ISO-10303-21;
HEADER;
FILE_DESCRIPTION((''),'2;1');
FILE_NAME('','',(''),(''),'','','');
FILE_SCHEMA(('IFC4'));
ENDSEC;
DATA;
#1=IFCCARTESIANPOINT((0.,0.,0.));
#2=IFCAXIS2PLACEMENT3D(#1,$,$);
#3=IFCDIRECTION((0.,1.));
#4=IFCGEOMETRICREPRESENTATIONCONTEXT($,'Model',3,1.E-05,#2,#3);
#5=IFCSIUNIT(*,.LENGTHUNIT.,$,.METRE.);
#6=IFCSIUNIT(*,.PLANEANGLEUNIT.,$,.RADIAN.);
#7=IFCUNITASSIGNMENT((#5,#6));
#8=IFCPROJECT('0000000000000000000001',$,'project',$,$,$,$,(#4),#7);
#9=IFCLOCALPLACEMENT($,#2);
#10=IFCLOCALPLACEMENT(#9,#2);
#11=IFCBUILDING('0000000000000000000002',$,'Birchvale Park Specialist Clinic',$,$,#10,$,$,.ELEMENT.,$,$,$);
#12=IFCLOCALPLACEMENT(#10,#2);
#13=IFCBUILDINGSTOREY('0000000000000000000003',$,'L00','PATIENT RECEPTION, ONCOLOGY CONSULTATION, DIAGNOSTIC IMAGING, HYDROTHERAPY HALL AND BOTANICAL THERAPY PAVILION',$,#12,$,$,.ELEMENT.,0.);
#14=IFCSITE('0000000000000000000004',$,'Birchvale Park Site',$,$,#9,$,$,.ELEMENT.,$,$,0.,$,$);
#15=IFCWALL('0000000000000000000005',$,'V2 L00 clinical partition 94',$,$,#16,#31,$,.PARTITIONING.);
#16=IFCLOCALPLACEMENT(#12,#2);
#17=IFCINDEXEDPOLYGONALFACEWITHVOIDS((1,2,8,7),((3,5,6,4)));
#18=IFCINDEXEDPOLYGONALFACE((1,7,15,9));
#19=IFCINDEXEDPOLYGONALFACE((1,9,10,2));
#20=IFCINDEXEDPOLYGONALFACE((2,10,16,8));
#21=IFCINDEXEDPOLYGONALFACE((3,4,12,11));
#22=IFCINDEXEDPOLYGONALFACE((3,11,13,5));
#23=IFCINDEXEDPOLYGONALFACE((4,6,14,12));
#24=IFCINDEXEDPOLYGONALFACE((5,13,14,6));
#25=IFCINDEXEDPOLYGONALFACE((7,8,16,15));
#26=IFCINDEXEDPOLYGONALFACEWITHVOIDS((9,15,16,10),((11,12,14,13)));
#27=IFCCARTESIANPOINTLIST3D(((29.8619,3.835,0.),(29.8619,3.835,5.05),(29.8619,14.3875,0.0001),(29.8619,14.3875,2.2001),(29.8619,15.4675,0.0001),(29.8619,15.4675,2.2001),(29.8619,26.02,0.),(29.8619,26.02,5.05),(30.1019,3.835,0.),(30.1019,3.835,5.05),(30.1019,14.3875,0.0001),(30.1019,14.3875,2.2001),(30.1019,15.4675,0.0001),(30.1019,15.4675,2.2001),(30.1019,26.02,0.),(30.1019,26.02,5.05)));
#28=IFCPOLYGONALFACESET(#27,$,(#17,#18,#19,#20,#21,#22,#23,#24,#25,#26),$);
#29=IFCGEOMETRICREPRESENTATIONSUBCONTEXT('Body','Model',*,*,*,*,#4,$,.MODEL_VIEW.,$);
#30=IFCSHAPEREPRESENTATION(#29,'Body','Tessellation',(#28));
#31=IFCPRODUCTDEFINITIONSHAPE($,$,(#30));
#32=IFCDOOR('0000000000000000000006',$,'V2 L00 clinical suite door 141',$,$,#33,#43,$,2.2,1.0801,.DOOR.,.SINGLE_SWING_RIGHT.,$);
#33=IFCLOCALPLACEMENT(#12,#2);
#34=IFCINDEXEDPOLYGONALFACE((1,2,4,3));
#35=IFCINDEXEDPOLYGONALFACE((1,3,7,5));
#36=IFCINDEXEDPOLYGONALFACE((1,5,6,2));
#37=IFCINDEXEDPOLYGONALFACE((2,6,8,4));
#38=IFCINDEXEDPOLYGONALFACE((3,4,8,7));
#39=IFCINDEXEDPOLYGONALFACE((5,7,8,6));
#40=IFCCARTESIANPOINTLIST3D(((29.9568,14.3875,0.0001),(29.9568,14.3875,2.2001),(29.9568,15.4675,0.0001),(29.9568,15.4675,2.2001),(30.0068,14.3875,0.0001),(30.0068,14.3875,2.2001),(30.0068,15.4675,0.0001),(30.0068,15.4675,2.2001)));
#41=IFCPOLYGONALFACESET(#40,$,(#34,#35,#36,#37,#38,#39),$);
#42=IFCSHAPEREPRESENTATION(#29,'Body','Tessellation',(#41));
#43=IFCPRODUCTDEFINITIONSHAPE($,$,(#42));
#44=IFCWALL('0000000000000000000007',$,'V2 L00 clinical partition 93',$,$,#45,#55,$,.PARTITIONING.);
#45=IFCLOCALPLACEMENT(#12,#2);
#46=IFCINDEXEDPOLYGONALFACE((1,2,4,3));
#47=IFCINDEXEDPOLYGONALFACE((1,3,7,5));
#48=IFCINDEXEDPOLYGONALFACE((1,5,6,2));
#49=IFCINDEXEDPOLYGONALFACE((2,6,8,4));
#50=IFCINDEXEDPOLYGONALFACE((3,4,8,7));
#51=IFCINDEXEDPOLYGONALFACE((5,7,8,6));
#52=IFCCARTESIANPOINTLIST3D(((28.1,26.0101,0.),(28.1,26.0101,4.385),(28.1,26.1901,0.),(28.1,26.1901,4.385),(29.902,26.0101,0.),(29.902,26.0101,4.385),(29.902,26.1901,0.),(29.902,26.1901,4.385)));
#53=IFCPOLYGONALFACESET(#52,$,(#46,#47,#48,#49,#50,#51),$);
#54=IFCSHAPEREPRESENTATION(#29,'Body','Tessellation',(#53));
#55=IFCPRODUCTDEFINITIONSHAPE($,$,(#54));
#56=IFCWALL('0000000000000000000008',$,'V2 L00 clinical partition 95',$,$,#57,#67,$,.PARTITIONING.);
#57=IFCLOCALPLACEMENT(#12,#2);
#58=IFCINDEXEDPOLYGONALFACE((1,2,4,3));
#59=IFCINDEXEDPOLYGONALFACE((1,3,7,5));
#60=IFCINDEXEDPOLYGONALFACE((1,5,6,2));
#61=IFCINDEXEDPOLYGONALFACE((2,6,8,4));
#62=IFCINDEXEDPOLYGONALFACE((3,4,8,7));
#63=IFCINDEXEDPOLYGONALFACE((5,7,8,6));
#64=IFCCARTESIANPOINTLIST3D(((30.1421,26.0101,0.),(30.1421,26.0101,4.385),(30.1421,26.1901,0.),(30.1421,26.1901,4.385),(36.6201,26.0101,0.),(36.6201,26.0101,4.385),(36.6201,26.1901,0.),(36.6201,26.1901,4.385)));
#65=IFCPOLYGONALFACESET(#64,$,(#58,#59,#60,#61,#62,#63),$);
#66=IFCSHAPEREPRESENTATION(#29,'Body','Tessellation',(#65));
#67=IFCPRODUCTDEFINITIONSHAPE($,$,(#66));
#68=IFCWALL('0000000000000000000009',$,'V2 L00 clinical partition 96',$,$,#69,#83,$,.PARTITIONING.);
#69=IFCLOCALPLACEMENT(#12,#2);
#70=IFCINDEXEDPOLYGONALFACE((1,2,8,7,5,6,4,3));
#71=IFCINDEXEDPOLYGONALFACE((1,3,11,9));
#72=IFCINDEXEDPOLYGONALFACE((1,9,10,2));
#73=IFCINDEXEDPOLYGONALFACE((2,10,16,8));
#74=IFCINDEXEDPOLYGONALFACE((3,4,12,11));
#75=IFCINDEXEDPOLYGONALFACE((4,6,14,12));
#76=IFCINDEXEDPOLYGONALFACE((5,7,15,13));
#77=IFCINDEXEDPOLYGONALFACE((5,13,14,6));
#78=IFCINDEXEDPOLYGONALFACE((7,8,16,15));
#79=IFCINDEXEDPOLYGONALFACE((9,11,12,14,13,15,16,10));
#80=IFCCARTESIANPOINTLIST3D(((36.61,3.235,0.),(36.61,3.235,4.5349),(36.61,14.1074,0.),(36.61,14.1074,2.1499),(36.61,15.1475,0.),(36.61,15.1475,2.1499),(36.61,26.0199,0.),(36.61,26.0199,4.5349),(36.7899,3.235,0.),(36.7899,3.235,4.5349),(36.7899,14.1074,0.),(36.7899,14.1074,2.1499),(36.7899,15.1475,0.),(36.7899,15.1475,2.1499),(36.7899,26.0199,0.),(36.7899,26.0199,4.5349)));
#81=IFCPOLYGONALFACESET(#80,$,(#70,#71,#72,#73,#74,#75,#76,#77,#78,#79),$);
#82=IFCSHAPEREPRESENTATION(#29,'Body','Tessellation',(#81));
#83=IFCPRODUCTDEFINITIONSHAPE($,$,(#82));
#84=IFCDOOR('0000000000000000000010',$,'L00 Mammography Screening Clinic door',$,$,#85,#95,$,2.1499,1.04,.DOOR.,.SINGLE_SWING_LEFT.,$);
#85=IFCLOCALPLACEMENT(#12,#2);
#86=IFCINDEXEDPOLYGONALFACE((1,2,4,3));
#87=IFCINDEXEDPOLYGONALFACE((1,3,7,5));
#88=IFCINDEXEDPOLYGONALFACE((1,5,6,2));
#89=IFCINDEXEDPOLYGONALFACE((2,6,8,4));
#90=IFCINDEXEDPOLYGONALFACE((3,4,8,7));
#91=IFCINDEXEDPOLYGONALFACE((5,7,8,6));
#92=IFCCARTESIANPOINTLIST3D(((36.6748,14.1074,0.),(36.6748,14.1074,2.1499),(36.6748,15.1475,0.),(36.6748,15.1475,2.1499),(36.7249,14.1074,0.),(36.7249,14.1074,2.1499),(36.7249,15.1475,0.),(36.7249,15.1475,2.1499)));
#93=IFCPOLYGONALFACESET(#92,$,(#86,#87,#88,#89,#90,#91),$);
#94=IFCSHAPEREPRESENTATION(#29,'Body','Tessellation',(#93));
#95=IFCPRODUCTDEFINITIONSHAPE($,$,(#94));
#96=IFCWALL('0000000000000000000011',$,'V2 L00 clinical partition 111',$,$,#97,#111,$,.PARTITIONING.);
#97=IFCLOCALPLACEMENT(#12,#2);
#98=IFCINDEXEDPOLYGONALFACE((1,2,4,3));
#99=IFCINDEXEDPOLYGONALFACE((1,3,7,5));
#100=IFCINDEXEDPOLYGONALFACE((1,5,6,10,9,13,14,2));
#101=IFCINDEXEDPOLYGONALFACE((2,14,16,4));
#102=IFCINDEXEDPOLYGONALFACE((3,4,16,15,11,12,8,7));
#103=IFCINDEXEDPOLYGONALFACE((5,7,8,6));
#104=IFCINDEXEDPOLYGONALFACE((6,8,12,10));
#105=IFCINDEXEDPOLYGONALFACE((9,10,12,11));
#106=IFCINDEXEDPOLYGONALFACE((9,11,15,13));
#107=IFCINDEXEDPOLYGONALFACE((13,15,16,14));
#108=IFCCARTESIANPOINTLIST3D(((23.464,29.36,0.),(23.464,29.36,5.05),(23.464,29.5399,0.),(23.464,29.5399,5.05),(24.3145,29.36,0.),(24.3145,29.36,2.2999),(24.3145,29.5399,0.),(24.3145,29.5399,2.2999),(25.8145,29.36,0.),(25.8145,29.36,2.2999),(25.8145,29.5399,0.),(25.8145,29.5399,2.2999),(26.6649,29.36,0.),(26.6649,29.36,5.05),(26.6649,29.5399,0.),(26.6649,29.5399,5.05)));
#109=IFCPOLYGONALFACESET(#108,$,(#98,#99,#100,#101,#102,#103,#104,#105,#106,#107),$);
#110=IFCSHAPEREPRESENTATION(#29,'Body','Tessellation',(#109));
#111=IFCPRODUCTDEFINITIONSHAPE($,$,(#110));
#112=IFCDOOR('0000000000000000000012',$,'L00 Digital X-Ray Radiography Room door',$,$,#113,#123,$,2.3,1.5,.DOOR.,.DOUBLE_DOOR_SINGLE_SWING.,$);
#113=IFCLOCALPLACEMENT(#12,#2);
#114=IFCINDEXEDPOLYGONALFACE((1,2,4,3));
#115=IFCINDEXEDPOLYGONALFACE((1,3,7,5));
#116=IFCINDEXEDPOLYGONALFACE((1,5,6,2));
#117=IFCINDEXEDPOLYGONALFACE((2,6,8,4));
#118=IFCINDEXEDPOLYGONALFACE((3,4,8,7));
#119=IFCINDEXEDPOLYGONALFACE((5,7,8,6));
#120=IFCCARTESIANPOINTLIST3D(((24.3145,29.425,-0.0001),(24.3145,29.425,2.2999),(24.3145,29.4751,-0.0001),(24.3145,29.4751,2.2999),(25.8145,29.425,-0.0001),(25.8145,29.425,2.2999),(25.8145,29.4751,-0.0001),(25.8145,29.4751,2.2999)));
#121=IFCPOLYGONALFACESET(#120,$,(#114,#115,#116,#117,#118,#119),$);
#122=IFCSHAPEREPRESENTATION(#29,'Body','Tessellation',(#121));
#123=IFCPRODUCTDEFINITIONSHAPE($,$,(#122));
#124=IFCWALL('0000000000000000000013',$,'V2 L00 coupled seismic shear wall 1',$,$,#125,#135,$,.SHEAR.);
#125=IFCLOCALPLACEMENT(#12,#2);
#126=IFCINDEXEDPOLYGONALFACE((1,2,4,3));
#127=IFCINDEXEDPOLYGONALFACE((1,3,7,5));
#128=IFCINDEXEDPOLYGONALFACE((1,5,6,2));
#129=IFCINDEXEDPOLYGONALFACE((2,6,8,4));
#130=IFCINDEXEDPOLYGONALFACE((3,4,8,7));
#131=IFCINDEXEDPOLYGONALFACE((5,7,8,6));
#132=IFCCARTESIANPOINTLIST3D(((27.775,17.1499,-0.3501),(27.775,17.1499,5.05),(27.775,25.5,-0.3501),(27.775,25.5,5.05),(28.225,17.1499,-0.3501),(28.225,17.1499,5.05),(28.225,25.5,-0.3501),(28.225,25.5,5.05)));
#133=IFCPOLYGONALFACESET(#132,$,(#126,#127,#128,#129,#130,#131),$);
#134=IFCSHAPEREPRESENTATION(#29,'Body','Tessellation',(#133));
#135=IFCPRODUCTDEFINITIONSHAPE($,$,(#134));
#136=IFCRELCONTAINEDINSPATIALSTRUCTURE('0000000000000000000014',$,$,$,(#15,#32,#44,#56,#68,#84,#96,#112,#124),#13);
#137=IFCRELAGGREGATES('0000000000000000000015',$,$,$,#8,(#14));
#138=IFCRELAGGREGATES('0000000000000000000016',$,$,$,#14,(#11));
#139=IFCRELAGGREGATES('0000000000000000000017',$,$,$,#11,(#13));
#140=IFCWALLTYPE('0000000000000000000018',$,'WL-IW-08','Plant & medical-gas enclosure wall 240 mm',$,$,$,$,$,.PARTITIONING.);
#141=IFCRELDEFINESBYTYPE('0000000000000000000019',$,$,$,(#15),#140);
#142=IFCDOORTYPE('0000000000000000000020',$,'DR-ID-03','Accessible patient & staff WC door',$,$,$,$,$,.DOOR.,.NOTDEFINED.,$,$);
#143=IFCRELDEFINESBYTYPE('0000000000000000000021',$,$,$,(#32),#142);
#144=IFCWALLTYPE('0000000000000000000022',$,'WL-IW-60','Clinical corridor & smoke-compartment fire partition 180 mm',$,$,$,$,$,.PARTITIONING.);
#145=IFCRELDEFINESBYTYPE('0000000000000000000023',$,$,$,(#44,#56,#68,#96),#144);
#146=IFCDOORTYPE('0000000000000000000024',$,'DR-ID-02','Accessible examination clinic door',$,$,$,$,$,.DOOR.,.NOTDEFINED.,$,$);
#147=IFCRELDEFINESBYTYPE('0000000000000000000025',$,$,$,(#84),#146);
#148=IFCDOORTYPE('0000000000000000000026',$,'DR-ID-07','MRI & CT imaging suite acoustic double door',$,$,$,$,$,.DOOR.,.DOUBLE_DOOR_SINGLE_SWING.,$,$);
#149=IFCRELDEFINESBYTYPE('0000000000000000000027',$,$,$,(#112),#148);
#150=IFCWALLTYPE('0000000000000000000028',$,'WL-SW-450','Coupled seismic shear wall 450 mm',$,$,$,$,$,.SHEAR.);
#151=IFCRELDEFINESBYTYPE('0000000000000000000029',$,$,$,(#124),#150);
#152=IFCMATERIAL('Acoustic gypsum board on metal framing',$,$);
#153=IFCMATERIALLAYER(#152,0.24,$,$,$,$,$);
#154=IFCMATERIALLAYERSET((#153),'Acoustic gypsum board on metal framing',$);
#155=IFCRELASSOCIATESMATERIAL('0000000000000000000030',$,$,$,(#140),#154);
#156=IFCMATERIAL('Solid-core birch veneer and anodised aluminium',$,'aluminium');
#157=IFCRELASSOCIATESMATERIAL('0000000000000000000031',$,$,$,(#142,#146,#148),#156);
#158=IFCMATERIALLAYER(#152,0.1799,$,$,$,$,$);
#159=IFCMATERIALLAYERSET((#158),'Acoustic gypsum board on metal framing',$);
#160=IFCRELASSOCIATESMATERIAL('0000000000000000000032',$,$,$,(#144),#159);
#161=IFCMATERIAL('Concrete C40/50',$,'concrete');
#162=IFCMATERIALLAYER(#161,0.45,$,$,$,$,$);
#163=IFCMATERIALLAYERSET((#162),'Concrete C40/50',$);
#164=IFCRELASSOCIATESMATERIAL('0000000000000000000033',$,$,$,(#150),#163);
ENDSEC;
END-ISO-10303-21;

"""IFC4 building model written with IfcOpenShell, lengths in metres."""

from ifc_helpers import new_model, si_unit, direction, frame, frame_2d, origin, place, context, subcontext, project, spatial, rectangle, extrude, material, layer, layer_set, type_object, element, fill, save


model = new_model("IFC4")

# Units and contexts
model_context = context("Model", 3, precision=1e-05, world=origin(), true_north=direction((0.0, 1.0)))
body_context = subcontext(model_context, "Body", "Model", "MODEL_VIEW")
ifc_project = project(units=[si_unit("LENGTHUNIT", "METRE"), si_unit("PLANEANGLEUNIT", "RADIAN")], contexts=[model_context])

# Site, building, storey
site_placement = place(None, origin())
site = spatial("IfcSite", under=ifc_project, at=site_placement, Name="Birchvale Park Site", CompositionType="ELEMENT", RefElevation=0.0)
building_placement = place(site_placement, origin())
building = spatial("IfcBuilding", under=site, at=building_placement, Name="Birchvale Park Specialist Clinic", CompositionType="ELEMENT")
storey_placement = place(building_placement, origin())
storey = spatial("IfcBuildingStorey", under=building, at=storey_placement, Name="L00", Description="PATIENT RECEPTION, ONCOLOGY CONSULTATION, DIAGNOSTIC IMAGING, HYDROTHERAPY HALL AND BOTANICAL THERAPY PAVILION", CompositionType="ELEMENT", Elevation=0.0)

# Shared definitions
ifc_material_1 = material(Name="Concrete C40/50", Category="concrete")

# Shared definitions
ifc_material_2 = material(Name="Solid-core birch veneer and anodised aluminium", Category="aluminium")

# Wall, opening, door
ifc_material_3 = material(Name="Acoustic gypsum board on metal framing")
ifc_layer_1 = layer(ifc_material_3, 0.24)
ifc_layer_set_1 = layer_set([ifc_layer_1], Name="Acoustic gypsum board on metal framing")
wall_type_1 = type_object("IfcWallType", Name="WL-IW-08", Description="Plant & medical-gas enclosure wall 240 mm", PredefinedType="PARTITIONING", material=ifc_layer_set_1)
wall_1_placement = place(storey_placement, frame((29.9819, 26.02, 0.0), z_axis=(0.0, 0.0, 1.0), x_axis=(0.0, -1.0, 0.0)))
wall_1 = element("IfcWall", 1, at=wall_1_placement, inside=storey, type_object=wall_type_1, Name="V2 L00 clinical partition 94", PredefinedType="PARTITIONING", context=body_context, shape_type="SweptSolid", body=[
    extrude(rectangle(XDim=22.1851, YDim=0.24, at=frame_2d((11.0925, 0.0))), origin(), (0.0, 0.0, 1.0), 5.05),
])
opening_1_placement = place(wall_1_placement, frame((10.5525, 0.0, 0.0)))
opening_1 = element("IfcOpeningElement", 2, at=opening_1_placement, cuts=wall_1, PredefinedType="OPENING", context=body_context, shape_type="SweptSolid", body=[
    extrude(rectangle(XDim=1.0801, YDim=2.2, at=frame_2d((0.54, 1.1001))), frame((0.0, 0.1299, 0.0), z_axis=(0.0, -1.0, 0.0), x_axis=(1.0, 0.0, 0.0)), (0.0, 0.0, 1.0), 0.26),
])
door_type_1 = type_object("IfcDoorType", Name="DR-ID-03", Description="Accessible patient & staff WC door", OperationType="NOTDEFINED", PredefinedType="DOOR", material=ifc_material_2)
door_1_placement = place(opening_1_placement, origin())
door_1 = element("IfcDoor", 3, at=door_1_placement, inside=storey, type_object=door_type_1, Name="V2 L00 clinical suite door 141", OperationType="SINGLE_SWING_RIGHT", OverallHeight=2.2, OverallWidth=1.0801, PredefinedType="DOOR", context=body_context, shape_type="SweptSolid", body=[
    extrude(rectangle(XDim=1.0801, YDim=2.2, at=frame_2d((0.54, 1.1001))), frame((0.0, 0.0249, 0.0), z_axis=(0.0, -1.0, 0.0), x_axis=(1.0, 0.0, 0.0)), (0.0, 0.0, 1.0), 0.05),
])
fill(opening_1, door_1)

# Walls
ifc_layer_2 = layer(ifc_material_3, 0.1799)
ifc_layer_set_2 = layer_set([ifc_layer_2], Name="Acoustic gypsum board on metal framing")
wall_type_2 = type_object("IfcWallType", Name="WL-IW-60", Description="Clinical corridor & smoke-compartment fire partition 180 mm", PredefinedType="PARTITIONING", material=ifc_layer_set_2)
wall_2_placement = place(storey_placement, frame((28.1001, 26.1001, 0.0), z_axis=(0.0, 0.0, 1.0), x_axis=(1.0, 0.0, 0.0)))
element("IfcWall", 4, at=wall_2_placement, inside=storey, type_object=wall_type_2, Name="V2 L00 clinical partition 93", PredefinedType="PARTITIONING", context=body_context, shape_type="SweptSolid", body=[
    extrude(rectangle(XDim=1.802, YDim=0.1799, at=frame_2d((0.9009, 0.0))), origin(), (0.0, 0.0, 1.0), 4.385),
])
wall_3_placement = place(storey_placement, frame((30.1421, 26.1001, 0.0), z_axis=(0.0, 0.0, 1.0), x_axis=(1.0, 0.0, 0.0)))
element("IfcWall", 5, at=wall_3_placement, inside=storey, type_object=wall_type_2, Name="V2 L00 clinical partition 95", PredefinedType="PARTITIONING", context=body_context, shape_type="SweptSolid", body=[
    extrude(rectangle(XDim=6.478, YDim=0.1799, at=frame_2d((3.239, 0.0))), origin(), (0.0, 0.0, 1.0), 4.385),
])

# Walls, openings, doors
wall_4_placement = place(storey_placement, frame((36.7, 26.02, 0.0), z_axis=(0.0, 0.0, 1.0), x_axis=(0.0, -1.0, 0.0)))
wall_4 = element("IfcWall", 6, at=wall_4_placement, inside=storey, type_object=wall_type_2, Name="V2 L00 clinical partition 96", PredefinedType="PARTITIONING", context=body_context, shape_type="SweptSolid", body=[
    extrude(rectangle(XDim=22.7849, YDim=0.1799, at=frame_2d((11.3926, 0.0))), origin(), (0.0, 0.0, 1.0), 4.5349),
])
opening_2_placement = place(wall_4_placement, frame((10.8726, 0.0, 0.0)))
opening_2 = element("IfcOpeningElement", 7, at=opening_2_placement, cuts=wall_4, PredefinedType="OPENING", context=body_context, shape_type="SweptSolid", body=[
    extrude(rectangle(XDim=1.04, YDim=2.1499, at=frame_2d((0.52, 1.075))), frame((0.0, 0.1001, 0.0), z_axis=(0.0, -1.0, 0.0), x_axis=(1.0, 0.0, 0.0)), (0.0, 0.0, 1.0), 0.2),
])
door_type_2 = type_object("IfcDoorType", Name="DR-ID-02", Description="Accessible examination clinic door", OperationType="NOTDEFINED", PredefinedType="DOOR", material=ifc_material_2)
door_2_placement = place(opening_2_placement, origin())
door_2 = element("IfcDoor", 8, at=door_2_placement, inside=storey, type_object=door_type_2, Name="L00 Mammography Screening Clinic door", OperationType="SINGLE_SWING_LEFT", OverallHeight=2.1499, OverallWidth=1.04, PredefinedType="DOOR", context=body_context, shape_type="SweptSolid", body=[
    extrude(rectangle(XDim=1.04, YDim=2.1499, at=frame_2d((0.52, 1.075))), frame((0.0, 0.0249, 0.0), z_axis=(0.0, -1.0, 0.0), x_axis=(1.0, 0.0, 0.0)), (0.0, 0.0, 1.0), 0.05),
])
fill(opening_2, door_2)
wall_5_placement = place(storey_placement, frame((26.665, 29.45, 0.0), z_axis=(0.0, 0.0, 1.0), x_axis=(-1.0, 0.0, 0.0)))
wall_5 = element("IfcWall", 9, at=wall_5_placement, inside=storey, type_object=wall_type_2, Name="V2 L00 clinical partition 111", PredefinedType="PARTITIONING", context=body_context, shape_type="SweptSolid", body=[
    extrude(rectangle(XDim=3.2009, YDim=0.1799, at=frame_2d((1.6006, 0.0))), origin(), (0.0, 0.0, 1.0), 5.05),
])
opening_3_placement = place(wall_5_placement, frame((0.8506, 0.0, 0.0)))
opening_3 = element("IfcOpeningElement", 10, at=opening_3_placement, cuts=wall_5, PredefinedType="OPENING", context=body_context, shape_type="SweptSolid", body=[
    extrude(rectangle(XDim=1.5, YDim=2.3, at=frame_2d((0.75, 1.1499))), frame((0.0, 0.1001, 0.0), z_axis=(0.0, -1.0, 0.0), x_axis=(1.0, 0.0, 0.0)), (0.0, 0.0, 1.0), 0.2),
])
door_type_3 = type_object("IfcDoorType", Name="DR-ID-07", Description="MRI & CT imaging suite acoustic double door", OperationType="DOUBLE_DOOR_SINGLE_SWING", PredefinedType="DOOR", material=ifc_material_2)
door_3_placement = place(opening_3_placement, origin())
door_3 = element("IfcDoor", 11, at=door_3_placement, inside=storey, type_object=door_type_3, Name="L00 Digital X-Ray Radiography Room door", OperationType="DOUBLE_DOOR_SINGLE_SWING", OverallHeight=2.3, OverallWidth=1.5, PredefinedType="DOOR", context=body_context, shape_type="SweptSolid", body=[
    extrude(rectangle(XDim=1.5, YDim=2.3, at=frame_2d((0.75, 1.1499))), frame((0.0, 0.0249, 0.0), z_axis=(0.0, -1.0, 0.0), x_axis=(1.0, 0.0, 0.0)), (0.0, 0.0, 1.0), 0.05),
])
fill(opening_3, door_3)

# Wall
ifc_layer_3 = layer(ifc_material_1, 0.45)
ifc_layer_set_3 = layer_set([ifc_layer_3], Name="Concrete C40/50")
wall_type_3 = type_object("IfcWallType", Name="WL-SW-450", Description="Coupled seismic shear wall 450 mm", PredefinedType="SHEAR", material=ifc_layer_set_3)
wall_6_placement = place(storey_placement, frame((28.0, 17.1499, -0.3501), z_axis=(0.0, 0.0, 1.0), x_axis=(0.0, 1.0, 0.0)))
element("IfcWall", 12, at=wall_6_placement, inside=storey, type_object=wall_type_3, Name="V2 L00 coupled seismic shear wall 1", PredefinedType="SHEAR", context=body_context, shape_type="SweptSolid", body=[
    extrude(rectangle(XDim=8.3501, YDim=0.45, at=frame_2d((4.175, 0.0))), origin(), (0.0, 0.0, 1.0), 5.4001),
])

save(model, "model.ifc")
